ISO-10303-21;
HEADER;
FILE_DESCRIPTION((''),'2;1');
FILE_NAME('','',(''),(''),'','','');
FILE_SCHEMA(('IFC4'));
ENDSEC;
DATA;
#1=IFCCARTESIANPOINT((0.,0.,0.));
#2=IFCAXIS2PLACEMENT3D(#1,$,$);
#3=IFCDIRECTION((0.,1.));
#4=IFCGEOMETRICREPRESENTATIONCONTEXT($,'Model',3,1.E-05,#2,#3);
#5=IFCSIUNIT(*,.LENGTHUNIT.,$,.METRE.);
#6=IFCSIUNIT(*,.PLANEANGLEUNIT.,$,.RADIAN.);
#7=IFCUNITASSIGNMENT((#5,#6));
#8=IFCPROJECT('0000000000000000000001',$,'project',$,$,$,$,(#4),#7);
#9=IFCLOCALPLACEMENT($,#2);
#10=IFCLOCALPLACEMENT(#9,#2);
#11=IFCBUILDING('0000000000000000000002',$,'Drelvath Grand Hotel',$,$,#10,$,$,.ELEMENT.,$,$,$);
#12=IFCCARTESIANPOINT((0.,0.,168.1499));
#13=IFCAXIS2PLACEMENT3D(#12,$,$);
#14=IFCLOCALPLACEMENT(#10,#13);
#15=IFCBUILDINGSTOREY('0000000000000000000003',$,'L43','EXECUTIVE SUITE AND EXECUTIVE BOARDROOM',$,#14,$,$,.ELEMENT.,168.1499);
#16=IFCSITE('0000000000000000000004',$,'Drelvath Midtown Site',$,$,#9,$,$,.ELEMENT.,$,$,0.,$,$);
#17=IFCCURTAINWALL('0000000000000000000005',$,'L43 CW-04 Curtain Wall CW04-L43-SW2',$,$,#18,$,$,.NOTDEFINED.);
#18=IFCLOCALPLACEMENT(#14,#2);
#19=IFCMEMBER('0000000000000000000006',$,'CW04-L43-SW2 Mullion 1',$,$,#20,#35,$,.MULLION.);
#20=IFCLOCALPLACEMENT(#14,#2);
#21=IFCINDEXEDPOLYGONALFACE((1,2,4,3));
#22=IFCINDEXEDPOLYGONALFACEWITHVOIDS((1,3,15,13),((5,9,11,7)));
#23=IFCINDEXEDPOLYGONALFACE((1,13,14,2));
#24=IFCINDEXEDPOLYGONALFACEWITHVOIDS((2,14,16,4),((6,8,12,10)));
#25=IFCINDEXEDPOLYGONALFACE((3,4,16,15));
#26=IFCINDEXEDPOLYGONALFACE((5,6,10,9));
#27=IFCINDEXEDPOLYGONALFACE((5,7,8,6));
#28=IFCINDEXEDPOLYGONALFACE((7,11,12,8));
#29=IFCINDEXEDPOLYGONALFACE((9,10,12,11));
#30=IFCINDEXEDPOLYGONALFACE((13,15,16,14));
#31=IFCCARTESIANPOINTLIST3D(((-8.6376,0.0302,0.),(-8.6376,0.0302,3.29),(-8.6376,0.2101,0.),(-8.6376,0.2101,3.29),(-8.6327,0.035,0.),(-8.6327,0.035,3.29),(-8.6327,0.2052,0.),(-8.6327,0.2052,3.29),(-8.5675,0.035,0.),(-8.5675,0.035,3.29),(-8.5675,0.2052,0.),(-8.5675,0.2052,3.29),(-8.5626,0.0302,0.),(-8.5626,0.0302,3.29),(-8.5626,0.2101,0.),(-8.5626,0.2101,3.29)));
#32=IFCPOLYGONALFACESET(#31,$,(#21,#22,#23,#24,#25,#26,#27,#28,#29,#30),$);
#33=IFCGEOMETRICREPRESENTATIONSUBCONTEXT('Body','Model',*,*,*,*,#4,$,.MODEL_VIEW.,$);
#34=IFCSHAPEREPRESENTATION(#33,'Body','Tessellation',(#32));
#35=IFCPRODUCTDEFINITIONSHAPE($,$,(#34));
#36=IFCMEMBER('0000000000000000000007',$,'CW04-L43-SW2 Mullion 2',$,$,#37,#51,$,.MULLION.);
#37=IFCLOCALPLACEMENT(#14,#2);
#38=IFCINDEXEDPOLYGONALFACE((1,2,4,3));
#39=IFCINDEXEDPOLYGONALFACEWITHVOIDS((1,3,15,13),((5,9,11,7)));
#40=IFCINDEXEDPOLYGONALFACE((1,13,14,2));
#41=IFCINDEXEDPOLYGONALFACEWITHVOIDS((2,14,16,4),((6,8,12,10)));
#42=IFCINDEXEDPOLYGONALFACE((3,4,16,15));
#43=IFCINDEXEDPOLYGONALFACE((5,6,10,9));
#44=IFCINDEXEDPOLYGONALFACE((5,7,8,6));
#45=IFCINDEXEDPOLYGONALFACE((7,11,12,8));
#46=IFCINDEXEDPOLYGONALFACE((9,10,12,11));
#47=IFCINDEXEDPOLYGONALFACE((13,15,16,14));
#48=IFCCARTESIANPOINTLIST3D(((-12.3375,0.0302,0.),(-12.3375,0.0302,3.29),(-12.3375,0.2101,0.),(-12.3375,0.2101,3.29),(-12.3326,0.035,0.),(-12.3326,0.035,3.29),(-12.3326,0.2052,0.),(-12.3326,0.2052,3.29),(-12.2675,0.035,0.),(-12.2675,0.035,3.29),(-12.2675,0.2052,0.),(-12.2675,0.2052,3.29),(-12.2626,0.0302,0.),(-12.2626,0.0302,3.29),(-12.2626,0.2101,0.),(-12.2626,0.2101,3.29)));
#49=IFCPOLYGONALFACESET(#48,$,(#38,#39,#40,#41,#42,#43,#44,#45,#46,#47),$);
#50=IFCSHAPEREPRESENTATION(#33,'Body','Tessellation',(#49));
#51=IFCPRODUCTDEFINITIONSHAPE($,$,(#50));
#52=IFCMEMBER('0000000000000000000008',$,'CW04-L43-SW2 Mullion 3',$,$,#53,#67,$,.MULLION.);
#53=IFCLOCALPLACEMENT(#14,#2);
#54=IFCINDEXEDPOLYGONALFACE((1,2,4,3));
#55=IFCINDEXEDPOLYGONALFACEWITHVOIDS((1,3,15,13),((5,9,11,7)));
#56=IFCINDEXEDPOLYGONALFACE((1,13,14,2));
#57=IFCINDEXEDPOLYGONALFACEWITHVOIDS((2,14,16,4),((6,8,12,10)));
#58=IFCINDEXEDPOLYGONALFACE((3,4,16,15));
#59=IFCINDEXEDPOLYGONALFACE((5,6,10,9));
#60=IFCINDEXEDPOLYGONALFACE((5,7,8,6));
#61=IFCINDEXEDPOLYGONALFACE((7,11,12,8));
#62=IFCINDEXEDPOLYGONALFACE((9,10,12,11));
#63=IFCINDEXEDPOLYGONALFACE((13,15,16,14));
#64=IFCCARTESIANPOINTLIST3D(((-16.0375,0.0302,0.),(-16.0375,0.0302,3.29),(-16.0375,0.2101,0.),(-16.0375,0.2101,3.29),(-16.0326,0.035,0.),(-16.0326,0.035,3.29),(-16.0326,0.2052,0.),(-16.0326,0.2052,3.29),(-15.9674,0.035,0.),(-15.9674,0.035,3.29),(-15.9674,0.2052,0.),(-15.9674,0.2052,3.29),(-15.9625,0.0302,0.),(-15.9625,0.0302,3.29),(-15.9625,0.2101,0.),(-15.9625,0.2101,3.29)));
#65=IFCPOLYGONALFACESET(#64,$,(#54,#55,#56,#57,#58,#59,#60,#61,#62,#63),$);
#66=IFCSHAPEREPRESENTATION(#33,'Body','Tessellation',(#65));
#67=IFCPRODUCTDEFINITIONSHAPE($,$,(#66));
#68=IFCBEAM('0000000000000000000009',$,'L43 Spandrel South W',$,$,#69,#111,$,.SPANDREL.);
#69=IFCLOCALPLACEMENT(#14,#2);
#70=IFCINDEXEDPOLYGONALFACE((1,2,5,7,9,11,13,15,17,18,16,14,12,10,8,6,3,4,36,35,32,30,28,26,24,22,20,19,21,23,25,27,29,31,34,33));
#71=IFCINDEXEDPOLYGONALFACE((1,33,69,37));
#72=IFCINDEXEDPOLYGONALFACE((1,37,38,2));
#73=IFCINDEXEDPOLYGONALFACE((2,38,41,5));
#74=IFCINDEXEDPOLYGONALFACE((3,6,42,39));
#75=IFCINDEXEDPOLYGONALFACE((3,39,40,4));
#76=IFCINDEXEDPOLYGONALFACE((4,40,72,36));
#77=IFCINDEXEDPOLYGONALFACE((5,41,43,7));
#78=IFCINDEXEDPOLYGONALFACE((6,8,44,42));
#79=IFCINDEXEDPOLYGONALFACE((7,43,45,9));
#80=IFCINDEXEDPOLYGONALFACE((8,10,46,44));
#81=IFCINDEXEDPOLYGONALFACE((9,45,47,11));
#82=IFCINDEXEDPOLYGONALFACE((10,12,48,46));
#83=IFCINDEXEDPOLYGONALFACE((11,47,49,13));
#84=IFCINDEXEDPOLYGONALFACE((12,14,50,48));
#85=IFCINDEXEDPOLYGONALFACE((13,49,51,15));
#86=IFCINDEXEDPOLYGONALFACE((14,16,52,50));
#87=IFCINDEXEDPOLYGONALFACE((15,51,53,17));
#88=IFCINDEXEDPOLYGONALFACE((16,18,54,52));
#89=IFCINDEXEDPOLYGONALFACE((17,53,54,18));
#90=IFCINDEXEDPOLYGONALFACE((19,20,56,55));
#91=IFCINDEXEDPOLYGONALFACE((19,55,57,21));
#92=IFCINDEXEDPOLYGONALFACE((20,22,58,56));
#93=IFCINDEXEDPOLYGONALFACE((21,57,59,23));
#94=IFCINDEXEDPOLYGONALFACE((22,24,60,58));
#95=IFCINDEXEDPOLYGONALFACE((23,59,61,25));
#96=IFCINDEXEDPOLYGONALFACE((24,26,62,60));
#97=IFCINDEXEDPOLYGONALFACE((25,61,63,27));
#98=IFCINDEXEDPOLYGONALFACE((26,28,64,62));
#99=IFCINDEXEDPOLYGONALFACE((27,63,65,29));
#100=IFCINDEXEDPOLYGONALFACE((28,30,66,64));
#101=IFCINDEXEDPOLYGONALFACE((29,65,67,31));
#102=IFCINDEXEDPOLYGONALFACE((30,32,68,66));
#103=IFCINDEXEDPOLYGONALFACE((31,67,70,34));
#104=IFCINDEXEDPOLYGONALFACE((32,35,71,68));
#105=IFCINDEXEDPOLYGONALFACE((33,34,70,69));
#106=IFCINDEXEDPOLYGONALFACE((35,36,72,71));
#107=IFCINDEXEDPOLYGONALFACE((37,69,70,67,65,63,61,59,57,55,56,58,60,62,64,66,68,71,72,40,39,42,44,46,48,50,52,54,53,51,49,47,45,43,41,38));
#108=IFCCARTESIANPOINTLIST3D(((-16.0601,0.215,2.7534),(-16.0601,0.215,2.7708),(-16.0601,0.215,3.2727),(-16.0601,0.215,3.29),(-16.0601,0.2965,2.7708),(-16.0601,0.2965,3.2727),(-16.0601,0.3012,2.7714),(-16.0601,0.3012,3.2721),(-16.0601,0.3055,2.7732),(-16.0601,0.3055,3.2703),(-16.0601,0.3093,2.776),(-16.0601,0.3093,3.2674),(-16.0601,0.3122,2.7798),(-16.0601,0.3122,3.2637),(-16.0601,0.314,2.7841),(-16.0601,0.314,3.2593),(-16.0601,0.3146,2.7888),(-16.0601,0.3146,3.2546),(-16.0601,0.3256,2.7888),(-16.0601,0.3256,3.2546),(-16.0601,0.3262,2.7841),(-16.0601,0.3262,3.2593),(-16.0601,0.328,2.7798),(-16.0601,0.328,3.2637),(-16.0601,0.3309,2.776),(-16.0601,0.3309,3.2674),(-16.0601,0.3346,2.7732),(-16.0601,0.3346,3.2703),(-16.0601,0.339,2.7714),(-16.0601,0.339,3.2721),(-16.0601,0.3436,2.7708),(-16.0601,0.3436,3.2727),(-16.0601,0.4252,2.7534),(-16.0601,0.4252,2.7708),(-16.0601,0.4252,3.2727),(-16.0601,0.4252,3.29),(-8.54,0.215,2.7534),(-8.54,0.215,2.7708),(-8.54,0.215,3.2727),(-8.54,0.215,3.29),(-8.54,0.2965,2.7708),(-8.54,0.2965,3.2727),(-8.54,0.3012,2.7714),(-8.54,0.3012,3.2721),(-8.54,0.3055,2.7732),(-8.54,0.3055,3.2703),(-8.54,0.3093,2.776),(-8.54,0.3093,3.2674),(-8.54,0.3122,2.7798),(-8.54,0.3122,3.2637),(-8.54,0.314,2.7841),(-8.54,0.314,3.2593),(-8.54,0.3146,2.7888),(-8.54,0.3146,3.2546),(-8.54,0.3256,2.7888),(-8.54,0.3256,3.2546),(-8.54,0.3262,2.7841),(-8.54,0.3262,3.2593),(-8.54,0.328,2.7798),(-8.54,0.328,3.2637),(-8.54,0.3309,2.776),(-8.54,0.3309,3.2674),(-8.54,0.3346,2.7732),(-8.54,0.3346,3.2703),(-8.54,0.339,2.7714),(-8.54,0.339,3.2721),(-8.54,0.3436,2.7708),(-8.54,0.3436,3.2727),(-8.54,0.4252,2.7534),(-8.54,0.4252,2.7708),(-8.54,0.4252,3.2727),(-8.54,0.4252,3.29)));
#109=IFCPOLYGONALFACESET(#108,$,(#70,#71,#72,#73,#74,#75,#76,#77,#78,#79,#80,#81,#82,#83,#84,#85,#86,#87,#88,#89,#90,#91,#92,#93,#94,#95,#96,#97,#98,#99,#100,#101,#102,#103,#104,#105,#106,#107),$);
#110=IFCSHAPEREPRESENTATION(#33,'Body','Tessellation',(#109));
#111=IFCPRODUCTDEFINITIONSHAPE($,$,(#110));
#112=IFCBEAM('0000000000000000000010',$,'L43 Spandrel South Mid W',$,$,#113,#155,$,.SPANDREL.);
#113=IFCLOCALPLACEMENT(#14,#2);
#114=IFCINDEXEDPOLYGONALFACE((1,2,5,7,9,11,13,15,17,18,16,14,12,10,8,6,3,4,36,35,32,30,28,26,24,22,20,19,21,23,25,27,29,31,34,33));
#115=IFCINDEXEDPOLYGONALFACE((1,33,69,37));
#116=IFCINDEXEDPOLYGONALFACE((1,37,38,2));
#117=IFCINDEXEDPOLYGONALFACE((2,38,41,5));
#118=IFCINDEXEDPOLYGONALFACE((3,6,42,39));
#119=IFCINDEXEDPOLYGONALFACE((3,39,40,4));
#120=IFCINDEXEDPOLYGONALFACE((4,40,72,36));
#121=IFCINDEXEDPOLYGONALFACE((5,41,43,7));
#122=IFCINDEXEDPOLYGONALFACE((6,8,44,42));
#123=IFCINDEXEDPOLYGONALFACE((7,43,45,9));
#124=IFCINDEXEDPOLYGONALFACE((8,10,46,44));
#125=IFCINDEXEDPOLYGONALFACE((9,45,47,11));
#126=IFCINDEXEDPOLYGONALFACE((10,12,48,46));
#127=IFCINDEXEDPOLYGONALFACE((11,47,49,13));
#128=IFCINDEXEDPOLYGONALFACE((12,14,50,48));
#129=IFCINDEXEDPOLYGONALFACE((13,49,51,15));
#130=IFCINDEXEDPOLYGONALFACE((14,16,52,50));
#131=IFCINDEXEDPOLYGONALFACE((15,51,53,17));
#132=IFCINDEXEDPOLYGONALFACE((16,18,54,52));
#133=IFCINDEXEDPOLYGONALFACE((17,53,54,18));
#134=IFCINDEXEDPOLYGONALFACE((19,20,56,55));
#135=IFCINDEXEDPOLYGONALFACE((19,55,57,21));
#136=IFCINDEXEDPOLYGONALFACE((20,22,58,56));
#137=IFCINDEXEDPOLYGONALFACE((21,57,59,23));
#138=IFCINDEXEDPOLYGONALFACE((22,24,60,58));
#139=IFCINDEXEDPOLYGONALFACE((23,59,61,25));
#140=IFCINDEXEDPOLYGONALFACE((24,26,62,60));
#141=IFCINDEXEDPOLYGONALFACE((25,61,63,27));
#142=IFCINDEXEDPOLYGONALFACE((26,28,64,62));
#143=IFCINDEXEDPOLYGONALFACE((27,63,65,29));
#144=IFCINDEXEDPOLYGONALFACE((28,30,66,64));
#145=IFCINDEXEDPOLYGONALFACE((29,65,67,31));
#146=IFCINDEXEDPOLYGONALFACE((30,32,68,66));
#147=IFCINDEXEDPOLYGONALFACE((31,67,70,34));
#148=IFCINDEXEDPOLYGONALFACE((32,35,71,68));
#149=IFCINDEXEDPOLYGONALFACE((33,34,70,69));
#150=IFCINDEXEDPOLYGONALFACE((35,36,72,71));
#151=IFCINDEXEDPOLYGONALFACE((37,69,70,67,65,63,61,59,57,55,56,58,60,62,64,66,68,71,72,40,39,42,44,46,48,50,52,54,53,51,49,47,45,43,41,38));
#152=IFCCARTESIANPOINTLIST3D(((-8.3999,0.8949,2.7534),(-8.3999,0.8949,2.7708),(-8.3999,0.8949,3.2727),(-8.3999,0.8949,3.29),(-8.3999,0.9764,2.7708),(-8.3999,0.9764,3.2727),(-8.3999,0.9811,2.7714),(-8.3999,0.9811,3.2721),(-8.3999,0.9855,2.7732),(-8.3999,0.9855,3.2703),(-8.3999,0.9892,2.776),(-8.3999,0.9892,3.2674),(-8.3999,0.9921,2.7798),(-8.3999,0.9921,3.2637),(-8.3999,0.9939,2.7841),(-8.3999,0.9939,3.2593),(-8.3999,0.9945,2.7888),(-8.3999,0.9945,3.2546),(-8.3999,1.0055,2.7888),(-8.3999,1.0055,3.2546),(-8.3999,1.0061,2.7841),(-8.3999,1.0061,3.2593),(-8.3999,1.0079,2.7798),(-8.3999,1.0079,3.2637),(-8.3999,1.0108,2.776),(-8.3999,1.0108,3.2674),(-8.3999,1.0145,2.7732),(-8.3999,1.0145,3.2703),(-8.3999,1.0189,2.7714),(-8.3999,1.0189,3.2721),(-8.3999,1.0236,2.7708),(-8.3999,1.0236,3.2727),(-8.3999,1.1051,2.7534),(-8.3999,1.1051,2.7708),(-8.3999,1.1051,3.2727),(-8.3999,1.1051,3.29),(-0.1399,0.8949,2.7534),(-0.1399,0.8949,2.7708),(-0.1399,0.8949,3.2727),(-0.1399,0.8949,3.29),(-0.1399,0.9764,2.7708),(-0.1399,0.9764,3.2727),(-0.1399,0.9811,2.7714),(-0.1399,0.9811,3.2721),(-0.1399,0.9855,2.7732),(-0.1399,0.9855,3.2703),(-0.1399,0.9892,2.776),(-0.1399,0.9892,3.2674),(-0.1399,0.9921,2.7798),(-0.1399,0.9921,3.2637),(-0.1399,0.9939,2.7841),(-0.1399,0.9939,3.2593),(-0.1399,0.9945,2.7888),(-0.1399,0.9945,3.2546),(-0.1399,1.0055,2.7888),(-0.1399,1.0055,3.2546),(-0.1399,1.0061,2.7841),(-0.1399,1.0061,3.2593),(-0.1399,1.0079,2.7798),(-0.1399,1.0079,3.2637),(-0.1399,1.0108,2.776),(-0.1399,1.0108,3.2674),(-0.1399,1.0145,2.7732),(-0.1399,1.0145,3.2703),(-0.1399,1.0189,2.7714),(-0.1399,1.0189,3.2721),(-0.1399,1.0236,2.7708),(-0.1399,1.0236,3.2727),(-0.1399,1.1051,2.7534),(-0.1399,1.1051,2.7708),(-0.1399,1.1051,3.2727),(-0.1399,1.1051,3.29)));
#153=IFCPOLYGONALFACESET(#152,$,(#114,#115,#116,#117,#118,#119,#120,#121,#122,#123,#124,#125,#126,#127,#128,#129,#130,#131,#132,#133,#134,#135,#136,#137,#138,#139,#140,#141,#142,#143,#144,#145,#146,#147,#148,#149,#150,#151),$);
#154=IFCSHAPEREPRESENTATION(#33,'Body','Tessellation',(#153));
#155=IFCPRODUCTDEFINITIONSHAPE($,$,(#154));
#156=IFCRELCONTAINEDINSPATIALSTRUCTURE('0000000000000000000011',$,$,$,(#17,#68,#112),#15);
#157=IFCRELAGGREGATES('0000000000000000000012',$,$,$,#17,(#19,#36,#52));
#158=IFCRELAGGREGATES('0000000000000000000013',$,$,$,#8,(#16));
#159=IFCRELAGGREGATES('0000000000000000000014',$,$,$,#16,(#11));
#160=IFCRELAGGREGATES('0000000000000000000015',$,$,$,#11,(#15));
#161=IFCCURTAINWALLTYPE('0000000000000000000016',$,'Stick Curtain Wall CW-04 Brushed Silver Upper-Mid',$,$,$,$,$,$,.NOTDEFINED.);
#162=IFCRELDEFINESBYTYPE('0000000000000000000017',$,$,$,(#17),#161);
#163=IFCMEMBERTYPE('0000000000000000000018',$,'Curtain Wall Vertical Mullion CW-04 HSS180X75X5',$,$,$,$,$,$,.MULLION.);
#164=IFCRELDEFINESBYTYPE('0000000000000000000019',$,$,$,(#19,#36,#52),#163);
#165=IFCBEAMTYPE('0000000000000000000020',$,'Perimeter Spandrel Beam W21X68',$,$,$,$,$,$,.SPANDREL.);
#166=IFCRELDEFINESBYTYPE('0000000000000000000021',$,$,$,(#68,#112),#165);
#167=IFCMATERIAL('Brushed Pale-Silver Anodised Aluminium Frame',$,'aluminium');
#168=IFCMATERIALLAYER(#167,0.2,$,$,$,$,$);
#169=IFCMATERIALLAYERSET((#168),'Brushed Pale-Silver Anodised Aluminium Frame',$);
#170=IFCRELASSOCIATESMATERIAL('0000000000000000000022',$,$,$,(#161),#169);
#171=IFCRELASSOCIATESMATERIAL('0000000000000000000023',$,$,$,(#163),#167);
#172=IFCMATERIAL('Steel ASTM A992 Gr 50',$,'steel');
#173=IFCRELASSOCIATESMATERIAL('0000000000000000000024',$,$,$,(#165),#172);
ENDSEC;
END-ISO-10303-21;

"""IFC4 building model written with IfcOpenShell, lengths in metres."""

from ifc_helpers import new_model, si_unit, direction, frame, origin, origin_2d, place, context, subcontext, project, spatial, hollow_rectangle, i_section, extrude, material, layer, layer_set, material_profile, profile_set, type_object, element, aggregate, save


model = new_model("IFC4")

# Units and contexts
model_context = context("Model", 3, precision=1e-05, world=origin(), true_north=direction((0.0, 1.0)))
body_context = subcontext(model_context, "Body", "Model", "MODEL_VIEW")
ifc_project = project(units=[si_unit("LENGTHUNIT", "METRE"), si_unit("PLANEANGLEUNIT", "RADIAN")], contexts=[model_context])

# Site, building, storey
site_placement = place(None, origin())
site = spatial("IfcSite", under=ifc_project, at=site_placement, Name="Drelvath Midtown Site", CompositionType="ELEMENT", RefElevation=0.0)
building_placement = place(site_placement, origin())
building = spatial("IfcBuilding", under=site, at=building_placement, Name="Drelvath Grand Hotel", CompositionType="ELEMENT")
storey_placement = place(building_placement, frame((0.0, 0.0, 168.1499)))
storey = spatial("IfcBuildingStorey", under=building, at=storey_placement, Name="L43", Description="EXECUTIVE SUITE AND EXECUTIVE BOARDROOM", CompositionType="ELEMENT", Elevation=168.1499)

# Shared definitions
ifc_material_1 = material(Name="Steel ASTM A992 Gr 50", Category="steel")

# Curtain wall
ifc_material_2 = material(Name="Brushed Pale-Silver Anodised Aluminium Frame", Category="aluminium")
ifc_layer_1 = layer(ifc_material_2, 0.2)
ifc_layer_set_1 = layer_set([ifc_layer_1], Name="Brushed Pale-Silver Anodised Aluminium Frame")
curtain_wall_type = type_object("IfcCurtainWallType", Name="Stick Curtain Wall CW-04 Brushed Silver Upper-Mid", PredefinedType="NOTDEFINED", material=ifc_layer_set_1)
curtain_wall_1_placement = place(storey_placement, origin())
curtain_wall_1 = element("IfcCurtainWall", 1, at=curtain_wall_1_placement, inside=storey, type_object=curtain_wall_type, Name="L43 CW-04 Curtain Wall CW04-L43-SW2", PredefinedType="NOTDEFINED")

# Members
ifc_material_profile_1 = material_profile(ifc_material_2, hollow_rectangle(XDim=0.075, YDim=0.1799, WallThickness=0.0049, at=origin_2d()), Name="HSS180X75X5")
ifc_profile_set_1 = profile_set([ifc_material_profile_1], Name="Brushed Pale-Silver Anodised Aluminium Frame")
member_type_1 = type_object("IfcMemberType", Name="Curtain Wall Vertical Mullion CW-04 HSS180X75X5", PredefinedType="MULLION", material=ifc_profile_set_1)
member_1_placement = place(storey_placement, frame((-8.6001, 0.1201, 0.0), z_axis=(0.0, 0.0, 1.0), x_axis=(1.0, 0.0, 0.0)))
member_1 = element("IfcMember", 2, at=member_1_placement, type_object=member_type_1, Name="CW04-L43-SW2 Mullion 1", PredefinedType="MULLION", context=body_context, shape_type="SweptSolid", body=[
    extrude(hollow_rectangle(XDim=0.075, YDim=0.1799, WallThickness=0.0049, at=origin_2d()), origin(), (0.0, 0.0, 1.0), 3.29),
])
member_2_placement = place(storey_placement, frame((-12.3, 0.1201, 0.0), z_axis=(0.0, 0.0, 1.0), x_axis=(1.0, 0.0, 0.0)))
member_2 = element("IfcMember", 3, at=member_2_placement, type_object=member_type_1, Name="CW04-L43-SW2 Mullion 2", PredefinedType="MULLION", context=body_context, shape_type="SweptSolid", body=[
    extrude(hollow_rectangle(XDim=0.075, YDim=0.1799, WallThickness=0.0049, at=origin_2d()), origin(), (0.0, 0.0, 1.0), 3.29),
])
member_3_placement = place(storey_placement, frame((-16.0, 0.1201, 0.0), z_axis=(0.0, 0.0, 1.0), x_axis=(1.0, 0.0, 0.0)))
member_3 = element("IfcMember", 4, at=member_3_placement, type_object=member_type_1, Name="CW04-L43-SW2 Mullion 3", PredefinedType="MULLION", context=body_context, shape_type="SweptSolid", body=[
    extrude(hollow_rectangle(XDim=0.075, YDim=0.1799, WallThickness=0.0049, at=origin_2d()), origin(), (0.0, 0.0, 1.0), 3.29),
])

# Beams
ifc_material_profile_2 = material_profile(ifc_material_1, i_section(OverallWidth=0.2102, OverallDepth=0.5366, WebThickness=0.011, FlangeThickness=0.0173, FilletRadius=0.0181, at=origin_2d()), Name="W21X68")
ifc_profile_set_2 = profile_set([ifc_material_profile_2], Name="Steel ASTM A992 Gr 50")
beam_type_1 = type_object("IfcBeamType", Name="Perimeter Spandrel Beam W21X68", PredefinedType="SPANDREL", material=ifc_profile_set_2)
beam_1_placement = place(storey_placement, frame((-16.0601, 0.3201, 3.0217), z_axis=(1.0, 0.0, 0.0), x_axis=(0.0, 1.0, 0.0)))
element("IfcBeam", 5, at=beam_1_placement, inside=storey, type_object=beam_type_1, Name="L43 Spandrel South W", PredefinedType="SPANDREL", context=body_context, shape_type="SweptSolid", body=[
    extrude(i_section(OverallWidth=0.2102, OverallDepth=0.5366, WebThickness=0.011, FlangeThickness=0.0173, FilletRadius=0.0181, at=origin_2d()), origin(), (0.0, 0.0, 1.0), 7.52),
])
beam_2_placement = place(storey_placement, frame((-8.3999, 1.0, 3.0217), z_axis=(1.0, 0.0, 0.0), x_axis=(0.0, 1.0, 0.0)))
element("IfcBeam", 6, at=beam_2_placement, inside=storey, type_object=beam_type_1, Name="L43 Spandrel South Mid W", PredefinedType="SPANDREL", context=body_context, shape_type="SweptSolid", body=[
    extrude(i_section(OverallWidth=0.2102, OverallDepth=0.5366, WebThickness=0.011, FlangeThickness=0.0173, FilletRadius=0.0181, at=origin_2d()), origin(), (0.0, 0.0, 1.0), 8.26),
])

aggregate(curtain_wall_1, [member_1, member_2, member_3])

save(model, "model.ifc")
